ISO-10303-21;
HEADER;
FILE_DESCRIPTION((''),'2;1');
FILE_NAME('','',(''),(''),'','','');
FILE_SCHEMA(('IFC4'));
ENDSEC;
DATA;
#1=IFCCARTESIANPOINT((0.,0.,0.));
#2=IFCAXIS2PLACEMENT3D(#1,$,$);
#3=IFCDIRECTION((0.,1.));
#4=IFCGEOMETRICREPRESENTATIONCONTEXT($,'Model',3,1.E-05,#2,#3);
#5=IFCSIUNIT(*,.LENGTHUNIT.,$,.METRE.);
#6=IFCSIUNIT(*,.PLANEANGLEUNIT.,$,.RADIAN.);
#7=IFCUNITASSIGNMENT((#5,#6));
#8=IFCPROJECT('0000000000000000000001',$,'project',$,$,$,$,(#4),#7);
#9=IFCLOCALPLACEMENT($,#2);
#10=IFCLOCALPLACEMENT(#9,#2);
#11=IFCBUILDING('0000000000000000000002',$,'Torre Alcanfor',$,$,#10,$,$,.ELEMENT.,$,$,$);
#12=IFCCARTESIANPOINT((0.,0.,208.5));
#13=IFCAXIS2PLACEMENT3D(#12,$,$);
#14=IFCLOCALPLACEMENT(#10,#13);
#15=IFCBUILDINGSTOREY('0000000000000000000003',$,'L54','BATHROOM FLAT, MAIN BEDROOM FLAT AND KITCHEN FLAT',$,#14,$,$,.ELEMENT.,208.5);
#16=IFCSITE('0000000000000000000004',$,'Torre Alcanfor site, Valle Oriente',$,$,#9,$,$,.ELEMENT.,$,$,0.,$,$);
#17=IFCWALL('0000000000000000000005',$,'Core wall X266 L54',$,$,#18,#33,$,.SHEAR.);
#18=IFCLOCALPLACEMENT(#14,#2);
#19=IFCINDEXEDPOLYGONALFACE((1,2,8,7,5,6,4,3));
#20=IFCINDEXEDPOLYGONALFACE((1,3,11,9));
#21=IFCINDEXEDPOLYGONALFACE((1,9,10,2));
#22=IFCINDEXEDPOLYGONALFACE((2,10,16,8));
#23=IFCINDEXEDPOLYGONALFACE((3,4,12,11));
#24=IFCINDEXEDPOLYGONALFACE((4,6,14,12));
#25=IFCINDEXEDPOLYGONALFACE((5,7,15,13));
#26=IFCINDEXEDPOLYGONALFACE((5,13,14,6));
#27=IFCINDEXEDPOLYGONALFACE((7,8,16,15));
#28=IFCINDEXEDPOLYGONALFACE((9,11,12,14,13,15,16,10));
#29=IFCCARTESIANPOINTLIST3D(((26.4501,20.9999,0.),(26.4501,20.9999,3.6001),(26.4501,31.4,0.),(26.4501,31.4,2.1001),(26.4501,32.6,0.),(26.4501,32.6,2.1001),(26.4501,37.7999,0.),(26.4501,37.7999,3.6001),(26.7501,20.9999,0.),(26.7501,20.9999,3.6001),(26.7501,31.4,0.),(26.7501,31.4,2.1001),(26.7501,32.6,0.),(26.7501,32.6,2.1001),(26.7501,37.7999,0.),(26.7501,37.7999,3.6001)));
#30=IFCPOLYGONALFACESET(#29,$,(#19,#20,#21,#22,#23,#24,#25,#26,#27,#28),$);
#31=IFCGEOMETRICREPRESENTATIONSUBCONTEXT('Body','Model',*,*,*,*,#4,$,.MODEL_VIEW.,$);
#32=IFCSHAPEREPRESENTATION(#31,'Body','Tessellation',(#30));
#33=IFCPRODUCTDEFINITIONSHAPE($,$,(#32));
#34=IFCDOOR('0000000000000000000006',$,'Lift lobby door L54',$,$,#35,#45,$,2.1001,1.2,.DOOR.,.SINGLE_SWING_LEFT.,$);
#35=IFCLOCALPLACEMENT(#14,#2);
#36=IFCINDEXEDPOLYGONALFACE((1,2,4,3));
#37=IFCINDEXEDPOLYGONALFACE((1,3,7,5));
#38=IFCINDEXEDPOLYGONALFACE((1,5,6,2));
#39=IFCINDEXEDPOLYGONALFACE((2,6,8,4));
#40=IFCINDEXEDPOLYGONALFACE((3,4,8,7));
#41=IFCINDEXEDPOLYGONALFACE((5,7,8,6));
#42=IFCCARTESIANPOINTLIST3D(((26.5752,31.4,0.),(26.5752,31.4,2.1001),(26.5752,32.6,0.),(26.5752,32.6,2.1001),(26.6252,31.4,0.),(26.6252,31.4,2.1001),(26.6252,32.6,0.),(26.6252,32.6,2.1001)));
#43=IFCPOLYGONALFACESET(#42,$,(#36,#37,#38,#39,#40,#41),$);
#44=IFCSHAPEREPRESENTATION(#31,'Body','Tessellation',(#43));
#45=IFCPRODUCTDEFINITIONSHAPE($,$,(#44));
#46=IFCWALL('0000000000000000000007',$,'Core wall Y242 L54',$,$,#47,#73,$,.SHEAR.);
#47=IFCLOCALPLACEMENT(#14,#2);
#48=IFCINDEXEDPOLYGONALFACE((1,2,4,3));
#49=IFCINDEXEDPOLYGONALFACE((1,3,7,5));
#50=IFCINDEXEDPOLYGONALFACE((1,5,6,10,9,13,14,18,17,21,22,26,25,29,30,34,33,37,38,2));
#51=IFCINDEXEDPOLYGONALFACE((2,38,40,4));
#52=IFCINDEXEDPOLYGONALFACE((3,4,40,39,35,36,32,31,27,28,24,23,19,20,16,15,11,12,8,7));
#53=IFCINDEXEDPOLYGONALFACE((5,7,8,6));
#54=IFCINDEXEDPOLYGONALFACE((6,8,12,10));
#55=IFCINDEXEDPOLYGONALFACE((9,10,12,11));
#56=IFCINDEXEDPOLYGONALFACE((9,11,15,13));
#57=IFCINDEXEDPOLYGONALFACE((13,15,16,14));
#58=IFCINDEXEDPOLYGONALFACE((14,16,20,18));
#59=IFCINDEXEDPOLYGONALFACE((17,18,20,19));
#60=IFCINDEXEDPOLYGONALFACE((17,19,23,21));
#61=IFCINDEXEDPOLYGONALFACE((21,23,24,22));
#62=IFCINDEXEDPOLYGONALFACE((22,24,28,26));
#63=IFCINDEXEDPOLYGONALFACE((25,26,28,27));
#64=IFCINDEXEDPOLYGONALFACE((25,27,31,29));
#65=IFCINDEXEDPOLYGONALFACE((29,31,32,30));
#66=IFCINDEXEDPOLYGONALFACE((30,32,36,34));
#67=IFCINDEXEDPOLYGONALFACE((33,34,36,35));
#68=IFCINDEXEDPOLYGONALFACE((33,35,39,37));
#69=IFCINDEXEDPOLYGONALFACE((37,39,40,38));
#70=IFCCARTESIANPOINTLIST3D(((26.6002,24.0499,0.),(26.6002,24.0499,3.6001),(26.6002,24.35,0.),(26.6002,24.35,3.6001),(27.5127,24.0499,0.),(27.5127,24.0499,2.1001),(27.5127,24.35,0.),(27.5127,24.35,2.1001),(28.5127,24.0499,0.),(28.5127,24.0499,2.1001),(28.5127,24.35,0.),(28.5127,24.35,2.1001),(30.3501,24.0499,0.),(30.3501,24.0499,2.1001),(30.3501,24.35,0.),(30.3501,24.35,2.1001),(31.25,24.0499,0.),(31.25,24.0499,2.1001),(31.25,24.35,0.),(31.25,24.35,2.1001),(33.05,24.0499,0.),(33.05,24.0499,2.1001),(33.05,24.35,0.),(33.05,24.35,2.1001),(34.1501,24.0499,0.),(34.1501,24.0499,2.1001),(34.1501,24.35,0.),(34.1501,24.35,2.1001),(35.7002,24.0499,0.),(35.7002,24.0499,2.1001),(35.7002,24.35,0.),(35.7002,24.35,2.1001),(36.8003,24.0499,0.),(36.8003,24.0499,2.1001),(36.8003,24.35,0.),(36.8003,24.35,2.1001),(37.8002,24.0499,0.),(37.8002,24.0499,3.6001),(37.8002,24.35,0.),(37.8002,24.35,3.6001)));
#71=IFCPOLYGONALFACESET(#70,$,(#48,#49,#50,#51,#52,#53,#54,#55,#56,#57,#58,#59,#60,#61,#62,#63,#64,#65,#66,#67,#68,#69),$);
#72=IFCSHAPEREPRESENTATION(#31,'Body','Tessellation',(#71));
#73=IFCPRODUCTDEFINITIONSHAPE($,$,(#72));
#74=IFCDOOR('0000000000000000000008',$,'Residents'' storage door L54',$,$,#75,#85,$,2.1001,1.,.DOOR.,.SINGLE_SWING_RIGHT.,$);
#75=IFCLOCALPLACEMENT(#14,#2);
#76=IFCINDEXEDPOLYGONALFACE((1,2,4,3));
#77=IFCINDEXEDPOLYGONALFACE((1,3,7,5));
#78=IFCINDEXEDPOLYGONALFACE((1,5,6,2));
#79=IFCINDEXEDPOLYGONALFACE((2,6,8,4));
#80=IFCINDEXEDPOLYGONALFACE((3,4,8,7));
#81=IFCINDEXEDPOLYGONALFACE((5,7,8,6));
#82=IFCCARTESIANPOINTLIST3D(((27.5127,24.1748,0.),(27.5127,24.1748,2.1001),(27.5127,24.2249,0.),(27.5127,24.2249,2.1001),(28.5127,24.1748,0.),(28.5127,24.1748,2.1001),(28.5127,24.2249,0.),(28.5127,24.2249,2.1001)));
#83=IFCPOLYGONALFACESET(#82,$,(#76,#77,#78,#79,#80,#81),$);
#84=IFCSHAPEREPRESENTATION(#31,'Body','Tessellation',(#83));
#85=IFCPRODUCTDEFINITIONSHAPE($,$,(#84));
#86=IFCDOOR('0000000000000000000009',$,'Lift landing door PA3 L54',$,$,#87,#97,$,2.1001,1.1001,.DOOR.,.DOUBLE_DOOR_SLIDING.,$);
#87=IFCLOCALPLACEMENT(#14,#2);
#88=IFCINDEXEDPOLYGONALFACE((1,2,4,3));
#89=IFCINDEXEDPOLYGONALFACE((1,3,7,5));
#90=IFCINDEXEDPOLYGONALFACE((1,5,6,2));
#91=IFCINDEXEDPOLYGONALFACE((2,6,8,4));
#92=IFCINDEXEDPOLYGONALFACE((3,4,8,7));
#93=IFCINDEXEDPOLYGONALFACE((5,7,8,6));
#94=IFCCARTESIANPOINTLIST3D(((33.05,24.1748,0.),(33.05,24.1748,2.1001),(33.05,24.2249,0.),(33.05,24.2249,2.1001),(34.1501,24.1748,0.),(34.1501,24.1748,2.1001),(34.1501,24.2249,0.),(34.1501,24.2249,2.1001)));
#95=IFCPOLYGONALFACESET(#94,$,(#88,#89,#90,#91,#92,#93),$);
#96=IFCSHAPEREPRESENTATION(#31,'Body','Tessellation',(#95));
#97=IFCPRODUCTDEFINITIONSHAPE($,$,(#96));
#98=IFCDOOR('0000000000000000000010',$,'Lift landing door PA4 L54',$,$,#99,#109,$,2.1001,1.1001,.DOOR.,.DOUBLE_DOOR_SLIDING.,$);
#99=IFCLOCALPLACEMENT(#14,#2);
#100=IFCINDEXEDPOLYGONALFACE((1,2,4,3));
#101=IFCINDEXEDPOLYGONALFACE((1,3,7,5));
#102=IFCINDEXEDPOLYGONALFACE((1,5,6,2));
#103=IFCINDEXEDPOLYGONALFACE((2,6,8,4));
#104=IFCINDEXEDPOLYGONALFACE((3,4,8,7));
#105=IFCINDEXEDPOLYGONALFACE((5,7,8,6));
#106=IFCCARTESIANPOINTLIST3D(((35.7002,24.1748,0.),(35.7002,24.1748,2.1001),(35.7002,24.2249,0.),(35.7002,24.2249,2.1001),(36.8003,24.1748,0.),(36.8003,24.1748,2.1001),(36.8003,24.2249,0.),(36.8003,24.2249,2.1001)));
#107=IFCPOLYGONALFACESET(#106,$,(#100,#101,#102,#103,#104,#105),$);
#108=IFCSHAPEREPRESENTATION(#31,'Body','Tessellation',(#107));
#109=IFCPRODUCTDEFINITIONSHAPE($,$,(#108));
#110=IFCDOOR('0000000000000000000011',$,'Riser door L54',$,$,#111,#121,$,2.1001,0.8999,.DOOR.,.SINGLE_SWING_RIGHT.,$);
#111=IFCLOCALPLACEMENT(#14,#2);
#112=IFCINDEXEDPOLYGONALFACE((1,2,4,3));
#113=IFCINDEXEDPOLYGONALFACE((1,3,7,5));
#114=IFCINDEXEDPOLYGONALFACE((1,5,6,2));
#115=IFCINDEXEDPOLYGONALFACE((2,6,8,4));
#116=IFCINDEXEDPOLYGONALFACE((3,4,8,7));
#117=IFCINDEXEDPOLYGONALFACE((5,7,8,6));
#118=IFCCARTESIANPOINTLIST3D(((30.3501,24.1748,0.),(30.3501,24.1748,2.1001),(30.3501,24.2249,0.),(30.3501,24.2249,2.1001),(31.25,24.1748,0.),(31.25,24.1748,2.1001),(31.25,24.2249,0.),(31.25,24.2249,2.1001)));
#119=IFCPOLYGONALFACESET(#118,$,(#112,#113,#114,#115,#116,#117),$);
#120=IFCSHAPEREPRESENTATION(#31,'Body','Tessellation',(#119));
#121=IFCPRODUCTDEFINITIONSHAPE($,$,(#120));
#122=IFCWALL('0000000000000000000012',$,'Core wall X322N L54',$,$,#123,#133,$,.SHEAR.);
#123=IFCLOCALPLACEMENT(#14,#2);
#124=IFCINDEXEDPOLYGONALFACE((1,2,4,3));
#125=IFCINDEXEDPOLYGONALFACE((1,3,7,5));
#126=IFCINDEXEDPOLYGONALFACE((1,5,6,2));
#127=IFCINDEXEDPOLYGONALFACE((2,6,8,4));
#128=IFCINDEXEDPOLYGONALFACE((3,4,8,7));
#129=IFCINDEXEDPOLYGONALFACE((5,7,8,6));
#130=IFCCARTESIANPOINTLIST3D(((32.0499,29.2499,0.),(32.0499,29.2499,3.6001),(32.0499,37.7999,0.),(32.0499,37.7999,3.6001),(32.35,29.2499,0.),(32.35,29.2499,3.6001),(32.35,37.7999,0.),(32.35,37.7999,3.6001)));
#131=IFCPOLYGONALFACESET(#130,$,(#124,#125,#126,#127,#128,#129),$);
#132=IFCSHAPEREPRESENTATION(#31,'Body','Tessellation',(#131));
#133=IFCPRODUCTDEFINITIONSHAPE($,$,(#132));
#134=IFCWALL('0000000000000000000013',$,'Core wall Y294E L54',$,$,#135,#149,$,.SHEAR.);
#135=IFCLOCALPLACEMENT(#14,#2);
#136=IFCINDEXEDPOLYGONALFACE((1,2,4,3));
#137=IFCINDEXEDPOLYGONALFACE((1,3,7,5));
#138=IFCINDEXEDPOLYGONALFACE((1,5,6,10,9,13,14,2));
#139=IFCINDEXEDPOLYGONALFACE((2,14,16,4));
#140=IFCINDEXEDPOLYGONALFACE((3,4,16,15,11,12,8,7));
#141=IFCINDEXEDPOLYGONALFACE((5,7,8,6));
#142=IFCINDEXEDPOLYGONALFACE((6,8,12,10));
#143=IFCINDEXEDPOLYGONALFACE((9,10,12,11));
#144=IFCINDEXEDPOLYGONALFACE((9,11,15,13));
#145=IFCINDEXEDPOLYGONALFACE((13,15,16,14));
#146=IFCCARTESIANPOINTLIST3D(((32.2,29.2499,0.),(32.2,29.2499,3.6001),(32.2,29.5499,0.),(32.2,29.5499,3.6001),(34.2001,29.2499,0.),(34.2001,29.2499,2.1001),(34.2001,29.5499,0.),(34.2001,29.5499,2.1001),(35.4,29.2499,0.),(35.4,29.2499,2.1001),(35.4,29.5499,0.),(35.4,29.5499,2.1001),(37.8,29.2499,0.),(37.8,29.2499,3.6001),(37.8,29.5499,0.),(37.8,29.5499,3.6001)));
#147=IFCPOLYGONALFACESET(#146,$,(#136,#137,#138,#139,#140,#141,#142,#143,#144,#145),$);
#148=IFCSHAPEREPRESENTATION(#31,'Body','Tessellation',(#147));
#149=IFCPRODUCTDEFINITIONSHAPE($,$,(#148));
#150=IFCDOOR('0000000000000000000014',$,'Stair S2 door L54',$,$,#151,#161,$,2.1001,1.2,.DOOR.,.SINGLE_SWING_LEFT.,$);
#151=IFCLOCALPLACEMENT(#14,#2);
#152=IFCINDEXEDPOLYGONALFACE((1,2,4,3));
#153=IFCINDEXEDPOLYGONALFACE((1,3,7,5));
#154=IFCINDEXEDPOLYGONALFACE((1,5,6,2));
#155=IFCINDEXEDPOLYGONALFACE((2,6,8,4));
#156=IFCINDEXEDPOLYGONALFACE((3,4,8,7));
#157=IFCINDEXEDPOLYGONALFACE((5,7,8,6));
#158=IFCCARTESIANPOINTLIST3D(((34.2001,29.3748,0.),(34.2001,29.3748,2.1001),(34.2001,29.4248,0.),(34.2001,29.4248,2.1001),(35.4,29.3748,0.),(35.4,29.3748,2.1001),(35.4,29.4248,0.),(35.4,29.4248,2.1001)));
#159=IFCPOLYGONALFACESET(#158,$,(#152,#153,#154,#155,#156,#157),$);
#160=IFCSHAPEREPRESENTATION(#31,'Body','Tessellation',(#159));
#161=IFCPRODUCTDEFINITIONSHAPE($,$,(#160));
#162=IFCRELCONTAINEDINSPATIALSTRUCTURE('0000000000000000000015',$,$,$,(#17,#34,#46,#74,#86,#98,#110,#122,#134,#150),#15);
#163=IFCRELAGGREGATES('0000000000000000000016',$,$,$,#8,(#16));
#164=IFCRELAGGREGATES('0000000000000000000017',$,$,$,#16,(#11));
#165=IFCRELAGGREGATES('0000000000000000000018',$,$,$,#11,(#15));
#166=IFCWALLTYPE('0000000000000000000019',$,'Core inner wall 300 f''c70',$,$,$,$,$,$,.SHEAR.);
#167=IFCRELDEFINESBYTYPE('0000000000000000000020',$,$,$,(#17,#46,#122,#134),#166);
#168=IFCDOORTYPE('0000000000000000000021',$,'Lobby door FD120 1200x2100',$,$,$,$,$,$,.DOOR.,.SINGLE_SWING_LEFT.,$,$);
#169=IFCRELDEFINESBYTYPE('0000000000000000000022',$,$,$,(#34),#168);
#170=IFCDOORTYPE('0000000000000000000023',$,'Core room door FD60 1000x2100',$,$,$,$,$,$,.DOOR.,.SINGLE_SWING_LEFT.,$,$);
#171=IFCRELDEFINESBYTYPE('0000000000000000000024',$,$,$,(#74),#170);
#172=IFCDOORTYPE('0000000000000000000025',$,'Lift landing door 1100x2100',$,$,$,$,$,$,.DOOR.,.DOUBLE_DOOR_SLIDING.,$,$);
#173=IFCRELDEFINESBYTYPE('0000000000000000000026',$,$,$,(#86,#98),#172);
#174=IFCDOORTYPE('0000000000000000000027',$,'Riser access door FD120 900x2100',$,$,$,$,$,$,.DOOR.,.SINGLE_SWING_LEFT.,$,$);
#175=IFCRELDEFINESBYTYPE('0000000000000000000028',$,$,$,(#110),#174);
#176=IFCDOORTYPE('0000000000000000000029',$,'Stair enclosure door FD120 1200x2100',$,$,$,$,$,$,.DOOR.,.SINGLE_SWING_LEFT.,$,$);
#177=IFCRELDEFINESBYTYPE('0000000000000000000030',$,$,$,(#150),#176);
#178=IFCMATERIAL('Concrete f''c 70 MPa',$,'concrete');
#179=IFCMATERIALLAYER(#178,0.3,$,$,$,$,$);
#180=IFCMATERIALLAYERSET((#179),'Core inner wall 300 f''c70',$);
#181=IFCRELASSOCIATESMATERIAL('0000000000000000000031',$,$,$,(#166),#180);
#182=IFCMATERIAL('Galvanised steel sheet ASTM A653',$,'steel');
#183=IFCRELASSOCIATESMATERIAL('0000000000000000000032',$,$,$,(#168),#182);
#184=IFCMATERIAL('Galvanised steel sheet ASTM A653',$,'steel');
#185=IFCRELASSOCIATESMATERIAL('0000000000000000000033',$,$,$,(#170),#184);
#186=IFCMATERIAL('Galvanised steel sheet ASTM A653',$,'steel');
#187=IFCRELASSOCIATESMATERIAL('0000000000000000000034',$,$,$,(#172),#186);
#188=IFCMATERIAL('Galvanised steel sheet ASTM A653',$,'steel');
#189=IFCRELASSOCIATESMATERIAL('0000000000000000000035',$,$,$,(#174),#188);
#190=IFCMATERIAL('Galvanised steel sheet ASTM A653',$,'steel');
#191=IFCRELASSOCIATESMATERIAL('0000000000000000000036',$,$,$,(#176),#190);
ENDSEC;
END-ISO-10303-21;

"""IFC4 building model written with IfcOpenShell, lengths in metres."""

from ifc_helpers import new_model, si_unit, direction, frame, frame_2d, origin, place, context, subcontext, project, spatial, rectangle, extrude, material, layer, layer_set, type_object, element, fill, save


model = new_model("IFC4")

# Units and contexts
model_context = context("Model", 3, precision=1e-05, world=origin(), true_north=direction((0.0, 1.0)))
body_context = subcontext(model_context, "Body", "Model", "MODEL_VIEW")
ifc_project = project(units=[si_unit("LENGTHUNIT", "METRE"), si_unit("PLANEANGLEUNIT", "RADIAN")], contexts=[model_context])

# Site, building, storey
site_placement = place(None, origin())
site = spatial("IfcSite", under=ifc_project, at=site_placement, Name="Torre Alcanfor site, Valle Oriente", CompositionType="ELEMENT", RefElevation=0.0)
building_placement = place(site_placement, origin())
building = spatial("IfcBuilding", under=site, at=building_placement, Name="Torre Alcanfor", CompositionType="ELEMENT")
storey_placement = place(building_placement, frame((0.0, 0.0, 208.5)))
storey = spatial("IfcBuildingStorey", under=building, at=storey_placement, Name="L54", Description="BATHROOM FLAT, MAIN BEDROOM FLAT AND KITCHEN FLAT", CompositionType="ELEMENT", Elevation=208.5)

# Wall, opening, door
ifc_material_1 = material(Name="Concrete f'c 70 MPa", Category="concrete")
ifc_layer_1 = layer(ifc_material_1, 0.3)
ifc_layer_set_1 = layer_set([ifc_layer_1], Name="Core inner wall 300 f'c70")
wall_type_1 = type_object("IfcWallType", Name="Core inner wall 300 f'c70", PredefinedType="SHEAR", material=ifc_layer_set_1)
wall_1_placement = place(storey_placement, frame((26.6001, 21.0, 0.0), z_axis=(0.0, 0.0, 1.0), x_axis=(0.0, 1.0, 0.0)))
wall_1 = element("IfcWall", 1, at=wall_1_placement, inside=storey, type_object=wall_type_1, Name="Core wall X266 L54", PredefinedType="SHEAR", context=body_context, shape_type="SweptSolid", body=[
    extrude(rectangle(XDim=16.8, YDim=0.3, at=frame_2d((8.3999, 0.0))), origin(), (0.0, 0.0, 1.0), 3.6001),
])
opening_1_placement = place(wall_1_placement, frame((10.3999, 0.0, 0.0)))
opening_1 = element("IfcOpeningElement", 2, at=opening_1_placement, cuts=wall_1, PredefinedType="OPENING", context=body_context, shape_type="SweptSolid", body=[
    extrude(rectangle(XDim=1.2, YDim=2.1001, at=frame_2d((0.6001, 1.05))), frame((0.0, 0.1599, 0.0), z_axis=(0.0, -1.0, 0.0), x_axis=(1.0, 0.0, 0.0)), (0.0, 0.0, 1.0), 0.3201),
])
ifc_material_2 = material(Name="Galvanised steel sheet ASTM A653", Category="steel")
door_type_1 = type_object("IfcDoorType", Name="Lobby door FD120 1200x2100", OperationType="SINGLE_SWING_LEFT", PredefinedType="DOOR", material=ifc_material_2)
door_1_placement = place(opening_1_placement, origin())
door_1 = element("IfcDoor", 3, at=door_1_placement, inside=storey, type_object=door_type_1, Name="Lift lobby door L54", OperationType="SINGLE_SWING_LEFT", OverallHeight=2.1001, OverallWidth=1.2, PredefinedType="DOOR", context=body_context, shape_type="SweptSolid", body=[
    extrude(rectangle(XDim=1.2, YDim=2.1001, at=frame_2d((0.6001, 1.05))), frame((0.0, 0.0249, 0.0), z_axis=(0.0, -1.0, 0.0), x_axis=(1.0, 0.0, 0.0)), (0.0, 0.0, 1.0), 0.05),
])
fill(opening_1, door_1)

# Wall, openings, doors
wall_2_placement = place(storey_placement, frame((26.6001, 24.2, 0.0), z_axis=(0.0, 0.0, 1.0), x_axis=(1.0, 0.0, 0.0)))
wall_2 = element("IfcWall", 4, at=wall_2_placement, inside=storey, type_object=wall_type_1, Name="Core wall Y242 L54", PredefinedType="SHEAR", context=body_context, shape_type="SweptSolid", body=[
    extrude(rectangle(XDim=11.2, YDim=0.3, at=frame_2d((5.6001, 0.0))), origin(), (0.0, 0.0, 1.0), 3.6001),
])
opening_2_placement = place(wall_2_placement, frame((0.9126, 0.0, 0.0)))
opening_2 = element("IfcOpeningElement", 5, at=opening_2_placement, cuts=wall_2, PredefinedType="OPENING", context=body_context, shape_type="SweptSolid", body=[
    extrude(rectangle(XDim=1.0, YDim=2.1001, at=frame_2d((0.5, 1.05))), frame((0.0, 0.1599, 0.0), z_axis=(0.0, -1.0, 0.0), x_axis=(1.0, 0.0, 0.0)), (0.0, 0.0, 1.0), 0.3201),
])
opening_3_placement = place(wall_2_placement, frame((3.75, 0.0, 0.0)))
opening_3 = element("IfcOpeningElement", 6, at=opening_3_placement, cuts=wall_2, PredefinedType="OPENING", context=body_context, shape_type="SweptSolid", body=[
    extrude(rectangle(XDim=0.8999, YDim=2.1001, at=frame_2d((0.45, 1.05))), frame((0.0, 0.1599, 0.0), z_axis=(0.0, -1.0, 0.0), x_axis=(1.0, 0.0, 0.0)), (0.0, 0.0, 1.0), 0.3201),
])
opening_4_placement = place(wall_2_placement, frame((6.45, 0.0, 0.0)))
opening_4 = element("IfcOpeningElement", 7, at=opening_4_placement, cuts=wall_2, PredefinedType="OPENING", context=body_context, shape_type="SweptSolid", body=[
    extrude(rectangle(XDim=1.1001, YDim=2.1001, at=frame_2d((0.55, 1.05))), frame((0.0, 0.1599, 0.0), z_axis=(0.0, -1.0, 0.0), x_axis=(1.0, 0.0, 0.0)), (0.0, 0.0, 1.0), 0.3201),
])
opening_5_placement = place(wall_2_placement, frame((9.1001, 0.0, 0.0)))
opening_5 = element("IfcOpeningElement", 8, at=opening_5_placement, cuts=wall_2, PredefinedType="OPENING", context=body_context, shape_type="SweptSolid", body=[
    extrude(rectangle(XDim=1.1001, YDim=2.1001, at=frame_2d((0.55, 1.05))), frame((0.0, 0.1599, 0.0), z_axis=(0.0, -1.0, 0.0), x_axis=(1.0, 0.0, 0.0)), (0.0, 0.0, 1.0), 0.3201),
])
ifc_material_3 = material(Name="Galvanised steel sheet ASTM A653", Category="steel")
door_type_2 = type_object("IfcDoorType", Name="Core room door FD60 1000x2100", OperationType="SINGLE_SWING_LEFT", PredefinedType="DOOR", material=ifc_material_3)
door_2_placement = place(opening_2_placement, frame((1.0, 0.0, 0.0), z_axis=(0.0, 0.0, 1.0), x_axis=(-1.0, 0.0, 0.0)))
door_2 = element("IfcDoor", 9, at=door_2_placement, inside=storey, type_object=door_type_2, Name="Residents' storage door L54", OperationType="SINGLE_SWING_RIGHT", OverallHeight=2.1001, OverallWidth=1.0, PredefinedType="DOOR", context=body_context, shape_type="SweptSolid", body=[
    extrude(rectangle(XDim=1.0, YDim=2.1001, at=frame_2d((0.5, 1.05))), frame((0.0, 0.0251, 0.0), z_axis=(0.0, -1.0, 0.0), x_axis=(1.0, 0.0, 0.0)), (0.0, 0.0, 1.0), 0.05),
])
fill(opening_2, door_2)
ifc_material_4 = material(Name="Galvanised steel sheet ASTM A653", Category="steel")
door_type_3 = type_object("IfcDoorType", Name="Lift landing door 1100x2100", OperationType="DOUBLE_DOOR_SLIDING", PredefinedType="DOOR", material=ifc_material_4)
door_3_placement = place(opening_4_placement, origin())
door_3 = element("IfcDoor", 10, at=door_3_placement, inside=storey, type_object=door_type_3, Name="Lift landing door PA3 L54", OperationType="DOUBLE_DOOR_SLIDING", OverallHeight=2.1001, OverallWidth=1.1001, PredefinedType="DOOR", context=body_context, shape_type="SweptSolid", body=[
    extrude(rectangle(XDim=1.1001, YDim=2.1001, at=frame_2d((0.55, 1.05))), frame((0.0, 0.0249, 0.0), z_axis=(0.0, -1.0, 0.0), x_axis=(1.0, 0.0, 0.0)), (0.0, 0.0, 1.0), 0.05),
])
fill(opening_4, door_3)
door_4_placement = place(opening_5_placement, origin())
door_4 = element("IfcDoor", 11, at=door_4_placement, inside=storey, type_object=door_type_3, Name="Lift landing door PA4 L54", OperationType="DOUBLE_DOOR_SLIDING", OverallHeight=2.1001, OverallWidth=1.1001, PredefinedType="DOOR", context=body_context, shape_type="SweptSolid", body=[
    extrude(rectangle(XDim=1.1001, YDim=2.1001, at=frame_2d((0.55, 1.05))), frame((0.0, 0.0249, 0.0), z_axis=(0.0, -1.0, 0.0), x_axis=(1.0, 0.0, 0.0)), (0.0, 0.0, 1.0), 0.05),
])
fill(opening_5, door_4)
ifc_material_5 = material(Name="Galvanised steel sheet ASTM A653", Category="steel")
door_type_4 = type_object("IfcDoorType", Name="Riser access door FD120 900x2100", OperationType="SINGLE_SWING_LEFT", PredefinedType="DOOR", material=ifc_material_5)
door_5_placement = place(opening_3_placement, frame((0.8999, 0.0, 0.0), z_axis=(0.0, 0.0, 1.0), x_axis=(-1.0, 0.0, 0.0)))
door_5 = element("IfcDoor", 12, at=door_5_placement, inside=storey, type_object=door_type_4, Name="Riser door L54", OperationType="SINGLE_SWING_RIGHT", OverallHeight=2.1001, OverallWidth=0.8999, PredefinedType="DOOR", context=body_context, shape_type="SweptSolid", body=[
    extrude(rectangle(XDim=0.8999, YDim=2.1001, at=frame_2d((0.45, 1.05))), frame((0.0, 0.0251, 0.0), z_axis=(0.0, -1.0, 0.0), x_axis=(1.0, 0.0, 0.0)), (0.0, 0.0, 1.0), 0.05),
])
fill(opening_3, door_5)

# Wall
wall_3_placement = place(storey_placement, frame((32.2, 29.25, 0.0), z_axis=(0.0, 0.0, 1.0), x_axis=(0.0, 1.0, 0.0)))
element("IfcWall", 13, at=wall_3_placement, inside=storey, type_object=wall_type_1, Name="Core wall X322N L54", PredefinedType="SHEAR", context=body_context, shape_type="SweptSolid", body=[
    extrude(rectangle(XDim=8.55, YDim=0.3, at=frame_2d((4.2749, 0.0))), origin(), (0.0, 0.0, 1.0), 3.6001),
])

# Wall, opening, door
wall_4_placement = place(storey_placement, frame((32.2, 29.3999, 0.0), z_axis=(0.0, 0.0, 1.0), x_axis=(1.0, 0.0, 0.0)))
wall_4 = element("IfcWall", 14, at=wall_4_placement, inside=storey, type_object=wall_type_1, Name="Core wall Y294E L54", PredefinedType="SHEAR", context=body_context, shape_type="SweptSolid", body=[
    extrude(rectangle(XDim=5.6001, YDim=0.3, at=frame_2d((2.8, 0.0))), origin(), (0.0, 0.0, 1.0), 3.6001),
])
opening_6_placement = place(wall_4_placement, frame((2.0, 0.0, 0.0)))
opening_6 = element("IfcOpeningElement", 15, at=opening_6_placement, cuts=wall_4, PredefinedType="OPENING", context=body_context, shape_type="SweptSolid", body=[
    extrude(rectangle(XDim=1.2, YDim=2.1001, at=frame_2d((0.6001, 1.05))), frame((0.0, 0.1599, 0.0), z_axis=(0.0, -1.0, 0.0), x_axis=(1.0, 0.0, 0.0)), (0.0, 0.0, 1.0), 0.3201),
])
ifc_material_6 = material(Name="Galvanised steel sheet ASTM A653", Category="steel")
door_type_5 = type_object("IfcDoorType", Name="Stair enclosure door FD120 1200x2100", OperationType="SINGLE_SWING_LEFT", PredefinedType="DOOR", material=ifc_material_6)
door_6_placement = place(opening_6_placement, origin())
door_6 = element("IfcDoor", 16, at=door_6_placement, inside=storey, type_object=door_type_5, Name="Stair S2 door L54", OperationType="SINGLE_SWING_LEFT", OverallHeight=2.1001, OverallWidth=1.2, PredefinedType="DOOR", context=body_context, shape_type="SweptSolid", body=[
    extrude(rectangle(XDim=1.2, YDim=2.1001, at=frame_2d((0.6001, 1.05))), frame((0.0, 0.0249, 0.0), z_axis=(0.0, -1.0, 0.0), x_axis=(1.0, 0.0, 0.0)), (0.0, 0.0, 1.0), 0.05),
])
fill(opening_6, door_6)

save(model, "model.ifc")
